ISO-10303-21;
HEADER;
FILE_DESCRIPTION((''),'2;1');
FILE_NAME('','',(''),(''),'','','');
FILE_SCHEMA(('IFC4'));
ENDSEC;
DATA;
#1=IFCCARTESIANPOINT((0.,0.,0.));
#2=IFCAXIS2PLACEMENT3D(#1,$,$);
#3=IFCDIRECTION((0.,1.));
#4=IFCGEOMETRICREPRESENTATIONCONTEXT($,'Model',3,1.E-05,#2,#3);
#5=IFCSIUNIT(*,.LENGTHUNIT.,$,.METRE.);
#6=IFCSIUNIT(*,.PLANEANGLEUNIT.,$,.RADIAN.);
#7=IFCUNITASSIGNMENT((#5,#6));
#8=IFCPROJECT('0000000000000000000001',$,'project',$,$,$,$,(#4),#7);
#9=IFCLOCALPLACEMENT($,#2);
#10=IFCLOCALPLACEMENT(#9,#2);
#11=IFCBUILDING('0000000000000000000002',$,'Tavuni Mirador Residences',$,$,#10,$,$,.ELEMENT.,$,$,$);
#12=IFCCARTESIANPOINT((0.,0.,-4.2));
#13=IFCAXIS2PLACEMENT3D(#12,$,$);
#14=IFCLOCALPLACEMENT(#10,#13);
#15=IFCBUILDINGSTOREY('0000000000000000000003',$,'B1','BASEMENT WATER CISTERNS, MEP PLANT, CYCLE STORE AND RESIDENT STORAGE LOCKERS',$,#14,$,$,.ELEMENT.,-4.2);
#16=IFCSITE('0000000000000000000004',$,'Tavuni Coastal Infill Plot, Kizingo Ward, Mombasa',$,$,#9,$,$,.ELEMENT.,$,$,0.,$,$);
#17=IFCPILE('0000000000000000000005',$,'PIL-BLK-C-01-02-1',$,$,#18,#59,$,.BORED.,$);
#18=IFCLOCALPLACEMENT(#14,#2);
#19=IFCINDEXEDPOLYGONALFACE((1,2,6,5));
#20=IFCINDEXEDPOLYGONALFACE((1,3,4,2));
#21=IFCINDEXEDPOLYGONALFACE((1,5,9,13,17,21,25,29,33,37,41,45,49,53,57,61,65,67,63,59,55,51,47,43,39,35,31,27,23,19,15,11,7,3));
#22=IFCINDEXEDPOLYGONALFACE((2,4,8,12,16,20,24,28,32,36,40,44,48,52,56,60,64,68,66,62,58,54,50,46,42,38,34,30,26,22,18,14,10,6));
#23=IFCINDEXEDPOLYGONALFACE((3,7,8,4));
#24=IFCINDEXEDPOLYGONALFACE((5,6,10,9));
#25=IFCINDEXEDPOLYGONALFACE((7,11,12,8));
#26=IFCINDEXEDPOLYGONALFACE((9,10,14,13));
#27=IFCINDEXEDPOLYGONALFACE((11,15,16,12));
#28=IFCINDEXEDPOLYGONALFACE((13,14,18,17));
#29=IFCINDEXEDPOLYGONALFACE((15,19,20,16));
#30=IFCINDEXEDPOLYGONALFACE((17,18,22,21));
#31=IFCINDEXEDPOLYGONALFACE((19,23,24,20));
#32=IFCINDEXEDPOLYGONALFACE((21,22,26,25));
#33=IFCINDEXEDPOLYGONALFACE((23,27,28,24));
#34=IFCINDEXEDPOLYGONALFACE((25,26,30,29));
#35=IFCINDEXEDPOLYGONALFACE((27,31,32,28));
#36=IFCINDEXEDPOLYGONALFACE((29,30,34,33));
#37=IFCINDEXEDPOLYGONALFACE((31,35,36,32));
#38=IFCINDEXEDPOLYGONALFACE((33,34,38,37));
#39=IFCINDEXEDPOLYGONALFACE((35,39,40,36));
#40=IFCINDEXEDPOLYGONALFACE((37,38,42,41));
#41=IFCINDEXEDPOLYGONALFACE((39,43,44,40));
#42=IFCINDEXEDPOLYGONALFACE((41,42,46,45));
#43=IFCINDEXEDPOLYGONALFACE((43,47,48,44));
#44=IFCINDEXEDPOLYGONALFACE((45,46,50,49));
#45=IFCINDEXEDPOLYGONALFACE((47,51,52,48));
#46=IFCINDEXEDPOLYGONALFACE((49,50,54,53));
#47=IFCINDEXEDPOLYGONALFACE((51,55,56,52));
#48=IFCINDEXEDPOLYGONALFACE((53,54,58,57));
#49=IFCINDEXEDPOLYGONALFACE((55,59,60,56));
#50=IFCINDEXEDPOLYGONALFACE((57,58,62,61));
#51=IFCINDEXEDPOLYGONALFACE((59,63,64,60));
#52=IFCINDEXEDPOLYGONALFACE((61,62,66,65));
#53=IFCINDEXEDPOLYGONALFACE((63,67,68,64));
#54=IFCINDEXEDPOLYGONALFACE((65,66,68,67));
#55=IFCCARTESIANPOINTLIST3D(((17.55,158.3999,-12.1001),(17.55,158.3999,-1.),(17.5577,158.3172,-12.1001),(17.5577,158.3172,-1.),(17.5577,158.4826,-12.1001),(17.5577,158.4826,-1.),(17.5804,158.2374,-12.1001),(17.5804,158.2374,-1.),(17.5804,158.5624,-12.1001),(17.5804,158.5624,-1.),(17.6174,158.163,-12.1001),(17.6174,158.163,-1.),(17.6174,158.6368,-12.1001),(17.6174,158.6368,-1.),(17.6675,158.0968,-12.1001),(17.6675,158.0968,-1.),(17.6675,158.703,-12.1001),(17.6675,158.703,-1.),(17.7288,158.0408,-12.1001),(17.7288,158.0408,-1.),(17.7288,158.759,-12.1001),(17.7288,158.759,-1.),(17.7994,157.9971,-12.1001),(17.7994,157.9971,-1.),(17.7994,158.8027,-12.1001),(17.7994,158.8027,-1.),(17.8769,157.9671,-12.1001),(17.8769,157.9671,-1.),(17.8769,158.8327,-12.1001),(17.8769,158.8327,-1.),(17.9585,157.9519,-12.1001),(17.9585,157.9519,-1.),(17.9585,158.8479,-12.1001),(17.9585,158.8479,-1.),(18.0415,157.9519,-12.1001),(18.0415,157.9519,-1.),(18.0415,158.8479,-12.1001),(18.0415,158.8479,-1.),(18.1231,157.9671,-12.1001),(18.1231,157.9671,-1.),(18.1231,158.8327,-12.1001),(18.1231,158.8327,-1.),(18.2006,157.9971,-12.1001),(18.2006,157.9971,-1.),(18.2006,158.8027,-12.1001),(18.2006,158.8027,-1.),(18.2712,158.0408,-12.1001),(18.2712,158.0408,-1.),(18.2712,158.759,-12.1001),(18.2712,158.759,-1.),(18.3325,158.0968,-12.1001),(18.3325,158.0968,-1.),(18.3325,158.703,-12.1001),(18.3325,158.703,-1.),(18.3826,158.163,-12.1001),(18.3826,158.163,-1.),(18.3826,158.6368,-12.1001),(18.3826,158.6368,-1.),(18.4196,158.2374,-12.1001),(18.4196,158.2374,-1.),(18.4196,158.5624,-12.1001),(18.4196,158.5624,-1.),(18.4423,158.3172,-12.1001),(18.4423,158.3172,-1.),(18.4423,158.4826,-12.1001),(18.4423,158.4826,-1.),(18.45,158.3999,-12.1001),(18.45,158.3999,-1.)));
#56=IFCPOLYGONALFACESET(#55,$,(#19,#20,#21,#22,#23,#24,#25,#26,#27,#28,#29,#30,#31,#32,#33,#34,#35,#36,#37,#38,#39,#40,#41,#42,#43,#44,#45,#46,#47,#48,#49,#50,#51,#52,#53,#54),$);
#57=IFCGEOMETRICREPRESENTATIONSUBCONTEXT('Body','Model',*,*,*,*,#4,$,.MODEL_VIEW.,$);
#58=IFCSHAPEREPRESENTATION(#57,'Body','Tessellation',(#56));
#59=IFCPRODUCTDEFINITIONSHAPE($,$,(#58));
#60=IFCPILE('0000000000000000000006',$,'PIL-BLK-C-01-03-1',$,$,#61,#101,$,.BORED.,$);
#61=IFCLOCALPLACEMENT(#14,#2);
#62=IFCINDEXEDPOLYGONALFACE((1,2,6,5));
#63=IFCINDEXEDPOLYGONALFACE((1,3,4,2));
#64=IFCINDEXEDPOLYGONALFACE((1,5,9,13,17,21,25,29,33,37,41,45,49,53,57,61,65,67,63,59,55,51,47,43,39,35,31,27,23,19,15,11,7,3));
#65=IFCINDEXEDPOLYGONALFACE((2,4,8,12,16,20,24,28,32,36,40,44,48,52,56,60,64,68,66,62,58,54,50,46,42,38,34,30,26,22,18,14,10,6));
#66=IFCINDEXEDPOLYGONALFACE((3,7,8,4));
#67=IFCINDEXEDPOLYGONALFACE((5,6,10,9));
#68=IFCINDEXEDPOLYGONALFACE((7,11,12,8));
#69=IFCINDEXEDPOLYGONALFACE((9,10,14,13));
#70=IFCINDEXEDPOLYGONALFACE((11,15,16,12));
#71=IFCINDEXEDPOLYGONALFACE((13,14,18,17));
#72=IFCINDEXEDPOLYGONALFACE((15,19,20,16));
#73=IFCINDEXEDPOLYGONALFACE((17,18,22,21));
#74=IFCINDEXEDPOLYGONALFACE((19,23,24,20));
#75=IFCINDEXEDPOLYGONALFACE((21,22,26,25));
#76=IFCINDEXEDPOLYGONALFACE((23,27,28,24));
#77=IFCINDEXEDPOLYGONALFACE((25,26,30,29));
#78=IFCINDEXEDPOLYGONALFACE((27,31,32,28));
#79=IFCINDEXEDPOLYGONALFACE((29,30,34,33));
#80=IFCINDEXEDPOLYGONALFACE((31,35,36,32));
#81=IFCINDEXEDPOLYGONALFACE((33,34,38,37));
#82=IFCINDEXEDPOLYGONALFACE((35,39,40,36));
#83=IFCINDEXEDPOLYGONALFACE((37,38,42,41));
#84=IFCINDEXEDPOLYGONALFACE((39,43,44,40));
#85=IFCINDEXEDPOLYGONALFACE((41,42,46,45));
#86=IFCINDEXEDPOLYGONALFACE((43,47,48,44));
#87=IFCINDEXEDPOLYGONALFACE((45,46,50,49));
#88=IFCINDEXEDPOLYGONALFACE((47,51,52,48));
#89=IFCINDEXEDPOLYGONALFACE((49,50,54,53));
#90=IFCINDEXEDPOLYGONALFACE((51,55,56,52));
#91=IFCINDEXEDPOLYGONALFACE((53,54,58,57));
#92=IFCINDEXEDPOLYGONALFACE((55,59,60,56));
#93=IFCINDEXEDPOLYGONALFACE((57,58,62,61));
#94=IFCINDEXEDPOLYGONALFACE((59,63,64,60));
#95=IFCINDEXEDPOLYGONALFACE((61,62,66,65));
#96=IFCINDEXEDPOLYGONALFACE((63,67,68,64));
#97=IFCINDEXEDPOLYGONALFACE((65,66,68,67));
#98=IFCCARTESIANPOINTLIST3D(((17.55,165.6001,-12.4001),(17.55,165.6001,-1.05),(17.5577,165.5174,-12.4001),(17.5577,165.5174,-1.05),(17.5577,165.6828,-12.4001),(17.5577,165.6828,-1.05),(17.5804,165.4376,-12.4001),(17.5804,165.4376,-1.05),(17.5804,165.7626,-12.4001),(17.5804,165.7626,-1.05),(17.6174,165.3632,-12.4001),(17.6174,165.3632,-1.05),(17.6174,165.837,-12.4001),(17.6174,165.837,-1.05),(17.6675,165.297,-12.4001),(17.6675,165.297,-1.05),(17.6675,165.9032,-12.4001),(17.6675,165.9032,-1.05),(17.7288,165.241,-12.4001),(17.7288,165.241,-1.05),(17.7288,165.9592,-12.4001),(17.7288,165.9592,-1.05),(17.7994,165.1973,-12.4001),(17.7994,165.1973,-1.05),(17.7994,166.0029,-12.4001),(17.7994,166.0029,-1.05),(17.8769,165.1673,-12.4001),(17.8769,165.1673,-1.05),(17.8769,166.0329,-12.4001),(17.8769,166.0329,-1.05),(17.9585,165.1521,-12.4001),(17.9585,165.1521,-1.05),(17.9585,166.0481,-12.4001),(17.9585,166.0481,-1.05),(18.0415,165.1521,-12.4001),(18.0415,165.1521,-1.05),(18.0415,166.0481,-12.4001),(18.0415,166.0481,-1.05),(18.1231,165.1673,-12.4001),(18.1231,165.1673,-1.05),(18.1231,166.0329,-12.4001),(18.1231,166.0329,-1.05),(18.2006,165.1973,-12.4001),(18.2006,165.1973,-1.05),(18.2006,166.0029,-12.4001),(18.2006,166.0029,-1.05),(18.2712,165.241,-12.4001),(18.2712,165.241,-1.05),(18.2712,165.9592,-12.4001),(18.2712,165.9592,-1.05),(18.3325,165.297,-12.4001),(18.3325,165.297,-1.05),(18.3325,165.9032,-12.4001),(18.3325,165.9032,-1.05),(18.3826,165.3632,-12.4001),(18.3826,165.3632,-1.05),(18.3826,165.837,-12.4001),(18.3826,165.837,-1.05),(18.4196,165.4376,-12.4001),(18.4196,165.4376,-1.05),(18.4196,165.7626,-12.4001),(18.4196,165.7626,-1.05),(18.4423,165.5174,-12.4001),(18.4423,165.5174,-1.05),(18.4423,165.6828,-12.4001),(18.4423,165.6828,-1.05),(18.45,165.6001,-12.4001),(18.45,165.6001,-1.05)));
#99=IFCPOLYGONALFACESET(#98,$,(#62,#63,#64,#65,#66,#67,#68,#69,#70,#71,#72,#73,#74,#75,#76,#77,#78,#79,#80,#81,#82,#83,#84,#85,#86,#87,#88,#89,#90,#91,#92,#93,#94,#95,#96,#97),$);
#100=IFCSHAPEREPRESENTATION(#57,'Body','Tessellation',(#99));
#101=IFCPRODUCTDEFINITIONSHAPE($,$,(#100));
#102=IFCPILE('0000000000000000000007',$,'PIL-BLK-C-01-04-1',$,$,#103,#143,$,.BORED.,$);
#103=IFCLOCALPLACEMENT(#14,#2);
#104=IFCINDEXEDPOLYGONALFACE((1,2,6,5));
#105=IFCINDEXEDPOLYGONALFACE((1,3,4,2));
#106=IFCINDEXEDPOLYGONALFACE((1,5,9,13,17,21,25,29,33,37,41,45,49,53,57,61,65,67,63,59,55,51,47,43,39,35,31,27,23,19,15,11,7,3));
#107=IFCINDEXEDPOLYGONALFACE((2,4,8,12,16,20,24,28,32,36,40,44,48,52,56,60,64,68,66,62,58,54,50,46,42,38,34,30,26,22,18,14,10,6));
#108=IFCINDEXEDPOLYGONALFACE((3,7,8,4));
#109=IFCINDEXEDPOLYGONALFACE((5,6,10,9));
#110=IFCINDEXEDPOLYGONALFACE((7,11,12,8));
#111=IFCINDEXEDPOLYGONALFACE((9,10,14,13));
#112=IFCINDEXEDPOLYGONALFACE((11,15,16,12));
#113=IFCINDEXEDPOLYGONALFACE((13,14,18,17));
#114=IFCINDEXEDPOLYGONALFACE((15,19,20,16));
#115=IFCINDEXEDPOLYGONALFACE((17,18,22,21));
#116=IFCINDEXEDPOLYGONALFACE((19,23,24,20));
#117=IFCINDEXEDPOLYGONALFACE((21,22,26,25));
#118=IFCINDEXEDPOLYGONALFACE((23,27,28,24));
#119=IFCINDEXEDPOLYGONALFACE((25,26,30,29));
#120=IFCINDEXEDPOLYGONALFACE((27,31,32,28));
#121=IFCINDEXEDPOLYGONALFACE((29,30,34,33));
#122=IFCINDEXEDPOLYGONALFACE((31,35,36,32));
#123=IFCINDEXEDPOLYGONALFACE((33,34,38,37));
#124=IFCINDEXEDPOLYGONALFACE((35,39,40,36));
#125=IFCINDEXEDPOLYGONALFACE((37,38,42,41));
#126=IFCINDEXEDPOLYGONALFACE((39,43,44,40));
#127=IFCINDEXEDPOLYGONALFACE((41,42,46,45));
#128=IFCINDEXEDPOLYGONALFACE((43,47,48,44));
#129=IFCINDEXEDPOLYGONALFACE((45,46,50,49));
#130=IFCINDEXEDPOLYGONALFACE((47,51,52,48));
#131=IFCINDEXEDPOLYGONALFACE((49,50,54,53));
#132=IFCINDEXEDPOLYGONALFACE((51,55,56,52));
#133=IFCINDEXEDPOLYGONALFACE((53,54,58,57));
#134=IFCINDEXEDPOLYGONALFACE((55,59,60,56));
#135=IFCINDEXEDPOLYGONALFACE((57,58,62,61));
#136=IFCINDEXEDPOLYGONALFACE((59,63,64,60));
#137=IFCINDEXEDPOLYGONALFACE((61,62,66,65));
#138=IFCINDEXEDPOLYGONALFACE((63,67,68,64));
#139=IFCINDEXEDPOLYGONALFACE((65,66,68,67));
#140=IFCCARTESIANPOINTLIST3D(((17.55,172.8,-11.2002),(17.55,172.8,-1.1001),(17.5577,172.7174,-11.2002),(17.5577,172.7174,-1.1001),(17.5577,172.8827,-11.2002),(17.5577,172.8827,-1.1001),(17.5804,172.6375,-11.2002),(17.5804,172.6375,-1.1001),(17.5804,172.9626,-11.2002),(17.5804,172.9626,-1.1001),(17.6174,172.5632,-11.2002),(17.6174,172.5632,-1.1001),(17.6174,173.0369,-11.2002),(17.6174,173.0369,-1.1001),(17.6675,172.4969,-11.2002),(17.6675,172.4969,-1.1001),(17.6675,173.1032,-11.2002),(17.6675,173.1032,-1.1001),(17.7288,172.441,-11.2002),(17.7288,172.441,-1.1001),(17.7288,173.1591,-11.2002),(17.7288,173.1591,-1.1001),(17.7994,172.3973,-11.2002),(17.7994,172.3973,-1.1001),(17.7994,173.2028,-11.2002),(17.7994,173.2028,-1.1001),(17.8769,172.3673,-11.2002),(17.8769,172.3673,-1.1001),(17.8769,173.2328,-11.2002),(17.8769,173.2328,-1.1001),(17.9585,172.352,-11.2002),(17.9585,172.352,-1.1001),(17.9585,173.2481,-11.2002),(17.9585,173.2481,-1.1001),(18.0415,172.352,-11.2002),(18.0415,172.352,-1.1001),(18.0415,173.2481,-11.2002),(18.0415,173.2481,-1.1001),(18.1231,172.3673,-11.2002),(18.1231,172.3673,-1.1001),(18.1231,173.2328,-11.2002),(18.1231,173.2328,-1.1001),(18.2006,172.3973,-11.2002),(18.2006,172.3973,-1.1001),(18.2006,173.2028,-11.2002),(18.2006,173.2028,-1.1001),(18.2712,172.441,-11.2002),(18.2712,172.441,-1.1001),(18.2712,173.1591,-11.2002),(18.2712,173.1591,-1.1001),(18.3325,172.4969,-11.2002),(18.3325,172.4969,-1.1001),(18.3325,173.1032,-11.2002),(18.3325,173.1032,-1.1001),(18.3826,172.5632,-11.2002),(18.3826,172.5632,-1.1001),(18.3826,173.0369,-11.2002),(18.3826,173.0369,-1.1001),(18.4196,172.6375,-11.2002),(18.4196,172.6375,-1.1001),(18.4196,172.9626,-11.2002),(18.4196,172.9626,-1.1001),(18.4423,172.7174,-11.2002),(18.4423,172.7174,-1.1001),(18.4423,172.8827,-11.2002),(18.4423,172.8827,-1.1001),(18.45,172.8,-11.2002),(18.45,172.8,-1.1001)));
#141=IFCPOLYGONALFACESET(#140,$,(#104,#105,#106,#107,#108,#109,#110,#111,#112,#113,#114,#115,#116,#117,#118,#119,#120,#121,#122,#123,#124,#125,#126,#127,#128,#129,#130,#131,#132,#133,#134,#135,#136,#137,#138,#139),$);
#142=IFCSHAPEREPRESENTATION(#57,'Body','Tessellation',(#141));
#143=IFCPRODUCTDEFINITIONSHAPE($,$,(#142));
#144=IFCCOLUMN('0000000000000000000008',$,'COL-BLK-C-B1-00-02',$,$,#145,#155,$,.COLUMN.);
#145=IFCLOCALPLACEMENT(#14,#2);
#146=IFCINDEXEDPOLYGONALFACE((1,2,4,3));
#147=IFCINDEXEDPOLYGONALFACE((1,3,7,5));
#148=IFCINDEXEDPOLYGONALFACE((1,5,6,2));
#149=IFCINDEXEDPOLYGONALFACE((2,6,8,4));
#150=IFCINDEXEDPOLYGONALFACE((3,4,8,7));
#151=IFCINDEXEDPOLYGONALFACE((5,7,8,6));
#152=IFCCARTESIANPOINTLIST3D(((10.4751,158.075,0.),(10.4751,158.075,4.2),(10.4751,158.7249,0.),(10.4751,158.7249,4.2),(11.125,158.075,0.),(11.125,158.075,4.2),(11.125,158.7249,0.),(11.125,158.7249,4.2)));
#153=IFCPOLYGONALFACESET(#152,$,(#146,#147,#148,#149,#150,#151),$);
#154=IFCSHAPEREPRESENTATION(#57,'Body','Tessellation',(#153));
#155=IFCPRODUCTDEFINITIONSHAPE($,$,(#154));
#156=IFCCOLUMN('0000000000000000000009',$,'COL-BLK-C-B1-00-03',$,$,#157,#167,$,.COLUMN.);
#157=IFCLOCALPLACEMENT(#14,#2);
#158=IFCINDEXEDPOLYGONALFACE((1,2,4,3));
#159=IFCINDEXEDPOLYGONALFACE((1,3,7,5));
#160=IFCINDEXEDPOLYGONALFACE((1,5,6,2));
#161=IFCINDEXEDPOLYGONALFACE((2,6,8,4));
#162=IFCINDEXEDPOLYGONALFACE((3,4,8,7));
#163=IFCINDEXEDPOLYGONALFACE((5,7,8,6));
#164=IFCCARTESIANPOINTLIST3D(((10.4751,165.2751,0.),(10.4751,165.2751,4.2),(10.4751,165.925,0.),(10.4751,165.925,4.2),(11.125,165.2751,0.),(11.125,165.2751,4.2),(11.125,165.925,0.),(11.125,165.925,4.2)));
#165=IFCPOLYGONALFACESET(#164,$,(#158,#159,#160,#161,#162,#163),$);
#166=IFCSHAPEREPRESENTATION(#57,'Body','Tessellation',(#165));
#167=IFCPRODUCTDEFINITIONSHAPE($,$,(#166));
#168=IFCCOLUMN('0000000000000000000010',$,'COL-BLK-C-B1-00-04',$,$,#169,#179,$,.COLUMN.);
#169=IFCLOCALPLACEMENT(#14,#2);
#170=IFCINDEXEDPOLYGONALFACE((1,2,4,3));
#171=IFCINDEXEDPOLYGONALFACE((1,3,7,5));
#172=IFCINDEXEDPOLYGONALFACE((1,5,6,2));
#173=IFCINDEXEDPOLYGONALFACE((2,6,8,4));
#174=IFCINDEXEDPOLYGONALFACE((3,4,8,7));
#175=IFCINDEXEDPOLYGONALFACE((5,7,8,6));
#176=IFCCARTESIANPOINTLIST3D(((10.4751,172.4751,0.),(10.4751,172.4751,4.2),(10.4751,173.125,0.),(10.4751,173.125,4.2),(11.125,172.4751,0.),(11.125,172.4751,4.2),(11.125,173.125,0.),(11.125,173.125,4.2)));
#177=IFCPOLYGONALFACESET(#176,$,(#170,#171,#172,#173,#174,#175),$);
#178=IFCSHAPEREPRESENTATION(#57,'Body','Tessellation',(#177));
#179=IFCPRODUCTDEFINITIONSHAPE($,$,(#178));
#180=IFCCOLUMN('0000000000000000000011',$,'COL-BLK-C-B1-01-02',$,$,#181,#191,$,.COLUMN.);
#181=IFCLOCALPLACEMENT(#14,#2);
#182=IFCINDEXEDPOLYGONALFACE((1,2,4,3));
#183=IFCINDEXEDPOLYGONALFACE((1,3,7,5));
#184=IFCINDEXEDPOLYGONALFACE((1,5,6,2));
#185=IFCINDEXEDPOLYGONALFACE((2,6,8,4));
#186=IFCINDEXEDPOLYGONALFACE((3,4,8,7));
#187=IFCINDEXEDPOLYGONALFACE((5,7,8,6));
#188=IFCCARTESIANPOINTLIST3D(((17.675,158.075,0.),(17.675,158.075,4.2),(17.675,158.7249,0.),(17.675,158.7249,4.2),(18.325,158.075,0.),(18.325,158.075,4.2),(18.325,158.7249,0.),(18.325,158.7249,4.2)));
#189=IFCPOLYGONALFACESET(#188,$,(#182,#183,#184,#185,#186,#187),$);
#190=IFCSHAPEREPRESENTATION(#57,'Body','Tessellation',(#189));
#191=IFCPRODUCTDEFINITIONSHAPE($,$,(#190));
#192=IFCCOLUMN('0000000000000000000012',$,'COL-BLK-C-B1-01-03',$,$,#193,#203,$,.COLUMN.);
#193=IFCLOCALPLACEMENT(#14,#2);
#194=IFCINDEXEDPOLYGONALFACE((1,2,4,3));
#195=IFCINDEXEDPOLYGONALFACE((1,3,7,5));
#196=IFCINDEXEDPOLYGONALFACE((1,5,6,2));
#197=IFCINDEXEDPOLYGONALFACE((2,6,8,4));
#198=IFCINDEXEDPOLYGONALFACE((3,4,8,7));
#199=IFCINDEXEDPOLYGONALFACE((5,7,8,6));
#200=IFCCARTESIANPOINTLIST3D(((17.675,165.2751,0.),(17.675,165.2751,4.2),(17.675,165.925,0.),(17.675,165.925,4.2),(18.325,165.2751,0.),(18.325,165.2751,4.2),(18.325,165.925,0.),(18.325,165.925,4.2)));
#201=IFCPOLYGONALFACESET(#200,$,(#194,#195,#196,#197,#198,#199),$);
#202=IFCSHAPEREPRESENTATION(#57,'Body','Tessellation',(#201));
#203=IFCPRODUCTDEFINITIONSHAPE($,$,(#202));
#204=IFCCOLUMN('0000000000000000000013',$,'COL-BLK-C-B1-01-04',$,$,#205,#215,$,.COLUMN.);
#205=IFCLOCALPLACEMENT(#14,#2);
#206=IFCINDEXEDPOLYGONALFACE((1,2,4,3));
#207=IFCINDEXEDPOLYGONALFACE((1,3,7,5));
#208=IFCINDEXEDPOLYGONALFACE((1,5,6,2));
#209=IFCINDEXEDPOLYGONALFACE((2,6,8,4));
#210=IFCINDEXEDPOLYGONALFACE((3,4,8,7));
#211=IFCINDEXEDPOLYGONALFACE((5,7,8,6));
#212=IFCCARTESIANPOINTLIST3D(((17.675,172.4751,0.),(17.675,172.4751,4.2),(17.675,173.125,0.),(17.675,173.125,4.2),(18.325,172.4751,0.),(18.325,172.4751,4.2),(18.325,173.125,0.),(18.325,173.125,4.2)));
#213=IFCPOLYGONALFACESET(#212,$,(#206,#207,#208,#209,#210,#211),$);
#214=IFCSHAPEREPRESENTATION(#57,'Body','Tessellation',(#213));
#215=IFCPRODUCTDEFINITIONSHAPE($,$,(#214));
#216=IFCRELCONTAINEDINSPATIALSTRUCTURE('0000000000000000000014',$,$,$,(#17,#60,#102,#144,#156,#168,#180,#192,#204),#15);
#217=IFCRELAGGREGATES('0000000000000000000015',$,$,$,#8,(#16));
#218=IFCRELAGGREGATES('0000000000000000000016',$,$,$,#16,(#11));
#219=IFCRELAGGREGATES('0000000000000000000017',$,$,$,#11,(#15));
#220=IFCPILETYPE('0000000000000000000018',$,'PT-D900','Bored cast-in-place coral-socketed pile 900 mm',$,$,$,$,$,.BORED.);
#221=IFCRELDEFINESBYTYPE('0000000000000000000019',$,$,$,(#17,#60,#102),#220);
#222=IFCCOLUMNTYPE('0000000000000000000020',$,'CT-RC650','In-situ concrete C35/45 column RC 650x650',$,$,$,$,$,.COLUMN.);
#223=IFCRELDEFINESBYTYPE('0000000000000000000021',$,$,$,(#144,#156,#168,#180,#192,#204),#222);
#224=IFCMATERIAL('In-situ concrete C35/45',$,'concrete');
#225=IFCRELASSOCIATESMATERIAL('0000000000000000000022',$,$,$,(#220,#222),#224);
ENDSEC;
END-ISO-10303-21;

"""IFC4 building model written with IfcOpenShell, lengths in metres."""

from ifc_helpers import new_model, si_unit, direction, frame, origin, origin_2d, place, context, subcontext, project, spatial, rectangle, circle, extrude, material, material_profile, profile_set, type_object, element, save


model = new_model("IFC4")

# Units and contexts
model_context = context("Model", 3, precision=1e-05, world=origin(), true_north=direction((0.0, 1.0)))
body_context = subcontext(model_context, "Body", "Model", "MODEL_VIEW")
ifc_project = project(units=[si_unit("LENGTHUNIT", "METRE"), si_unit("PLANEANGLEUNIT", "RADIAN")], contexts=[model_context])

# Site, building, storey
site_placement = place(None, origin())
site = spatial("IfcSite", under=ifc_project, at=site_placement, Name="Tavuni Coastal Infill Plot, Kizingo Ward, Mombasa", CompositionType="ELEMENT", RefElevation=0.0)
building_placement = place(site_placement, origin())
building = spatial("IfcBuilding", under=site, at=building_placement, Name="Tavuni Mirador Residences", CompositionType="ELEMENT")
storey_placement = place(building_placement, frame((0.0, 0.0, -4.2)))
storey = spatial("IfcBuildingStorey", under=building, at=storey_placement, Name="B1", Description="BASEMENT WATER CISTERNS, MEP PLANT, CYCLE STORE AND RESIDENT STORAGE LOCKERS", CompositionType="ELEMENT", Elevation=-4.2)

# Shared definitions
ifc_material_1 = material(Name="In-situ concrete C35/45", Category="concrete")

# Piles
ifc_material_profile_1 = material_profile(ifc_material_1, circle(Radius=0.45, at=origin_2d()), Name="PILE D900", Category="concrete")
ifc_profile_set_1 = profile_set([ifc_material_profile_1], Name="In-situ concrete C35/45")
pile_type_1 = type_object("IfcPileType", Name="PT-D900", Description="Bored cast-in-place coral-socketed pile 900 mm", PredefinedType="BORED", material=ifc_profile_set_1)
pile_1_placement = place(storey_placement, frame((18.0, 158.3999, -1.0), z_axis=(0.0, 0.0, -1.0), x_axis=(1.0, 0.0, 0.0)))
element("IfcPile", 1, at=pile_1_placement, inside=storey, type_object=pile_type_1, Name="PIL-BLK-C-01-02-1", PredefinedType="BORED", context=body_context, shape_type="SweptSolid", body=[
    extrude(circle(Radius=0.45, at=origin_2d()), origin(), (0.0, 0.0, 1.0), 11.1001),
])
pile_2_placement = place(storey_placement, frame((18.0, 165.6001, -1.05), z_axis=(0.0, 0.0, -1.0), x_axis=(1.0, 0.0, 0.0)))
element("IfcPile", 2, at=pile_2_placement, inside=storey, type_object=pile_type_1, Name="PIL-BLK-C-01-03-1", PredefinedType="BORED", context=body_context, shape_type="SweptSolid", body=[
    extrude(circle(Radius=0.45, at=origin_2d()), origin(), (0.0, 0.0, 1.0), 11.3501),
])
pile_3_placement = place(storey_placement, frame((18.0, 172.8, -1.1001), z_axis=(0.0, 0.0, -1.0), x_axis=(1.0, 0.0, 0.0)))
element("IfcPile", 3, at=pile_3_placement, inside=storey, type_object=pile_type_1, Name="PIL-BLK-C-01-04-1", PredefinedType="BORED", context=body_context, shape_type="SweptSolid", body=[
    extrude(circle(Radius=0.45, at=origin_2d()), origin(), (0.0, 0.0, 1.0), 10.1001),
])

# Columns
ifc_material_profile_2 = material_profile(ifc_material_1, rectangle(XDim=0.6499, YDim=0.6499, at=origin_2d()), Name="RC 650x650", Category="concrete")
ifc_profile_set_2 = profile_set([ifc_material_profile_2], Name="In-situ concrete C35/45")
column_type = type_object("IfcColumnType", Name="CT-RC650", Description="In-situ concrete C35/45 column RC 650x650", PredefinedType="COLUMN", material=ifc_profile_set_2)
for number, where, z_axis, x_axis, name in (
    (4, (10.8, 158.3999, 0.0), (0.0, 0.0, 1.0), (1.0, 0.0, 0.0), "COL-BLK-C-B1-00-02"),
    (5, (10.8, 165.6001, 0.0), (0.0, 0.0, 1.0), (1.0, 0.0, 0.0), "COL-BLK-C-B1-00-03"),
    (6, (10.8, 172.8, 0.0), (0.0, 0.0, 1.0), (1.0, 0.0, 0.0), "COL-BLK-C-B1-00-04"),
    (7, (18.0, 158.3999, 0.0), (0.0, 0.0, 1.0), (1.0, 0.0, 0.0), "COL-BLK-C-B1-01-02"),
    (8, (18.0, 165.6001, 0.0), (0.0, 0.0, 1.0), (1.0, 0.0, 0.0), "COL-BLK-C-B1-01-03"),
    (9, (18.0, 172.8, 0.0), (0.0, 0.0, 1.0), (1.0, 0.0, 0.0), "COL-BLK-C-B1-01-04"),
):
    element("IfcColumn", number, at=place(storey_placement, frame(where, z_axis=z_axis, x_axis=x_axis)), inside=storey, type_object=column_type, Name=name, PredefinedType="COLUMN", context=body_context, shape_type="SweptSolid", body=[
        extrude(rectangle(XDim=0.6499, YDim=0.6499, at=origin_2d()), origin(), (0.0, 0.0, 1.0), 4.2),
    ])

save(model, "model.ifc")
